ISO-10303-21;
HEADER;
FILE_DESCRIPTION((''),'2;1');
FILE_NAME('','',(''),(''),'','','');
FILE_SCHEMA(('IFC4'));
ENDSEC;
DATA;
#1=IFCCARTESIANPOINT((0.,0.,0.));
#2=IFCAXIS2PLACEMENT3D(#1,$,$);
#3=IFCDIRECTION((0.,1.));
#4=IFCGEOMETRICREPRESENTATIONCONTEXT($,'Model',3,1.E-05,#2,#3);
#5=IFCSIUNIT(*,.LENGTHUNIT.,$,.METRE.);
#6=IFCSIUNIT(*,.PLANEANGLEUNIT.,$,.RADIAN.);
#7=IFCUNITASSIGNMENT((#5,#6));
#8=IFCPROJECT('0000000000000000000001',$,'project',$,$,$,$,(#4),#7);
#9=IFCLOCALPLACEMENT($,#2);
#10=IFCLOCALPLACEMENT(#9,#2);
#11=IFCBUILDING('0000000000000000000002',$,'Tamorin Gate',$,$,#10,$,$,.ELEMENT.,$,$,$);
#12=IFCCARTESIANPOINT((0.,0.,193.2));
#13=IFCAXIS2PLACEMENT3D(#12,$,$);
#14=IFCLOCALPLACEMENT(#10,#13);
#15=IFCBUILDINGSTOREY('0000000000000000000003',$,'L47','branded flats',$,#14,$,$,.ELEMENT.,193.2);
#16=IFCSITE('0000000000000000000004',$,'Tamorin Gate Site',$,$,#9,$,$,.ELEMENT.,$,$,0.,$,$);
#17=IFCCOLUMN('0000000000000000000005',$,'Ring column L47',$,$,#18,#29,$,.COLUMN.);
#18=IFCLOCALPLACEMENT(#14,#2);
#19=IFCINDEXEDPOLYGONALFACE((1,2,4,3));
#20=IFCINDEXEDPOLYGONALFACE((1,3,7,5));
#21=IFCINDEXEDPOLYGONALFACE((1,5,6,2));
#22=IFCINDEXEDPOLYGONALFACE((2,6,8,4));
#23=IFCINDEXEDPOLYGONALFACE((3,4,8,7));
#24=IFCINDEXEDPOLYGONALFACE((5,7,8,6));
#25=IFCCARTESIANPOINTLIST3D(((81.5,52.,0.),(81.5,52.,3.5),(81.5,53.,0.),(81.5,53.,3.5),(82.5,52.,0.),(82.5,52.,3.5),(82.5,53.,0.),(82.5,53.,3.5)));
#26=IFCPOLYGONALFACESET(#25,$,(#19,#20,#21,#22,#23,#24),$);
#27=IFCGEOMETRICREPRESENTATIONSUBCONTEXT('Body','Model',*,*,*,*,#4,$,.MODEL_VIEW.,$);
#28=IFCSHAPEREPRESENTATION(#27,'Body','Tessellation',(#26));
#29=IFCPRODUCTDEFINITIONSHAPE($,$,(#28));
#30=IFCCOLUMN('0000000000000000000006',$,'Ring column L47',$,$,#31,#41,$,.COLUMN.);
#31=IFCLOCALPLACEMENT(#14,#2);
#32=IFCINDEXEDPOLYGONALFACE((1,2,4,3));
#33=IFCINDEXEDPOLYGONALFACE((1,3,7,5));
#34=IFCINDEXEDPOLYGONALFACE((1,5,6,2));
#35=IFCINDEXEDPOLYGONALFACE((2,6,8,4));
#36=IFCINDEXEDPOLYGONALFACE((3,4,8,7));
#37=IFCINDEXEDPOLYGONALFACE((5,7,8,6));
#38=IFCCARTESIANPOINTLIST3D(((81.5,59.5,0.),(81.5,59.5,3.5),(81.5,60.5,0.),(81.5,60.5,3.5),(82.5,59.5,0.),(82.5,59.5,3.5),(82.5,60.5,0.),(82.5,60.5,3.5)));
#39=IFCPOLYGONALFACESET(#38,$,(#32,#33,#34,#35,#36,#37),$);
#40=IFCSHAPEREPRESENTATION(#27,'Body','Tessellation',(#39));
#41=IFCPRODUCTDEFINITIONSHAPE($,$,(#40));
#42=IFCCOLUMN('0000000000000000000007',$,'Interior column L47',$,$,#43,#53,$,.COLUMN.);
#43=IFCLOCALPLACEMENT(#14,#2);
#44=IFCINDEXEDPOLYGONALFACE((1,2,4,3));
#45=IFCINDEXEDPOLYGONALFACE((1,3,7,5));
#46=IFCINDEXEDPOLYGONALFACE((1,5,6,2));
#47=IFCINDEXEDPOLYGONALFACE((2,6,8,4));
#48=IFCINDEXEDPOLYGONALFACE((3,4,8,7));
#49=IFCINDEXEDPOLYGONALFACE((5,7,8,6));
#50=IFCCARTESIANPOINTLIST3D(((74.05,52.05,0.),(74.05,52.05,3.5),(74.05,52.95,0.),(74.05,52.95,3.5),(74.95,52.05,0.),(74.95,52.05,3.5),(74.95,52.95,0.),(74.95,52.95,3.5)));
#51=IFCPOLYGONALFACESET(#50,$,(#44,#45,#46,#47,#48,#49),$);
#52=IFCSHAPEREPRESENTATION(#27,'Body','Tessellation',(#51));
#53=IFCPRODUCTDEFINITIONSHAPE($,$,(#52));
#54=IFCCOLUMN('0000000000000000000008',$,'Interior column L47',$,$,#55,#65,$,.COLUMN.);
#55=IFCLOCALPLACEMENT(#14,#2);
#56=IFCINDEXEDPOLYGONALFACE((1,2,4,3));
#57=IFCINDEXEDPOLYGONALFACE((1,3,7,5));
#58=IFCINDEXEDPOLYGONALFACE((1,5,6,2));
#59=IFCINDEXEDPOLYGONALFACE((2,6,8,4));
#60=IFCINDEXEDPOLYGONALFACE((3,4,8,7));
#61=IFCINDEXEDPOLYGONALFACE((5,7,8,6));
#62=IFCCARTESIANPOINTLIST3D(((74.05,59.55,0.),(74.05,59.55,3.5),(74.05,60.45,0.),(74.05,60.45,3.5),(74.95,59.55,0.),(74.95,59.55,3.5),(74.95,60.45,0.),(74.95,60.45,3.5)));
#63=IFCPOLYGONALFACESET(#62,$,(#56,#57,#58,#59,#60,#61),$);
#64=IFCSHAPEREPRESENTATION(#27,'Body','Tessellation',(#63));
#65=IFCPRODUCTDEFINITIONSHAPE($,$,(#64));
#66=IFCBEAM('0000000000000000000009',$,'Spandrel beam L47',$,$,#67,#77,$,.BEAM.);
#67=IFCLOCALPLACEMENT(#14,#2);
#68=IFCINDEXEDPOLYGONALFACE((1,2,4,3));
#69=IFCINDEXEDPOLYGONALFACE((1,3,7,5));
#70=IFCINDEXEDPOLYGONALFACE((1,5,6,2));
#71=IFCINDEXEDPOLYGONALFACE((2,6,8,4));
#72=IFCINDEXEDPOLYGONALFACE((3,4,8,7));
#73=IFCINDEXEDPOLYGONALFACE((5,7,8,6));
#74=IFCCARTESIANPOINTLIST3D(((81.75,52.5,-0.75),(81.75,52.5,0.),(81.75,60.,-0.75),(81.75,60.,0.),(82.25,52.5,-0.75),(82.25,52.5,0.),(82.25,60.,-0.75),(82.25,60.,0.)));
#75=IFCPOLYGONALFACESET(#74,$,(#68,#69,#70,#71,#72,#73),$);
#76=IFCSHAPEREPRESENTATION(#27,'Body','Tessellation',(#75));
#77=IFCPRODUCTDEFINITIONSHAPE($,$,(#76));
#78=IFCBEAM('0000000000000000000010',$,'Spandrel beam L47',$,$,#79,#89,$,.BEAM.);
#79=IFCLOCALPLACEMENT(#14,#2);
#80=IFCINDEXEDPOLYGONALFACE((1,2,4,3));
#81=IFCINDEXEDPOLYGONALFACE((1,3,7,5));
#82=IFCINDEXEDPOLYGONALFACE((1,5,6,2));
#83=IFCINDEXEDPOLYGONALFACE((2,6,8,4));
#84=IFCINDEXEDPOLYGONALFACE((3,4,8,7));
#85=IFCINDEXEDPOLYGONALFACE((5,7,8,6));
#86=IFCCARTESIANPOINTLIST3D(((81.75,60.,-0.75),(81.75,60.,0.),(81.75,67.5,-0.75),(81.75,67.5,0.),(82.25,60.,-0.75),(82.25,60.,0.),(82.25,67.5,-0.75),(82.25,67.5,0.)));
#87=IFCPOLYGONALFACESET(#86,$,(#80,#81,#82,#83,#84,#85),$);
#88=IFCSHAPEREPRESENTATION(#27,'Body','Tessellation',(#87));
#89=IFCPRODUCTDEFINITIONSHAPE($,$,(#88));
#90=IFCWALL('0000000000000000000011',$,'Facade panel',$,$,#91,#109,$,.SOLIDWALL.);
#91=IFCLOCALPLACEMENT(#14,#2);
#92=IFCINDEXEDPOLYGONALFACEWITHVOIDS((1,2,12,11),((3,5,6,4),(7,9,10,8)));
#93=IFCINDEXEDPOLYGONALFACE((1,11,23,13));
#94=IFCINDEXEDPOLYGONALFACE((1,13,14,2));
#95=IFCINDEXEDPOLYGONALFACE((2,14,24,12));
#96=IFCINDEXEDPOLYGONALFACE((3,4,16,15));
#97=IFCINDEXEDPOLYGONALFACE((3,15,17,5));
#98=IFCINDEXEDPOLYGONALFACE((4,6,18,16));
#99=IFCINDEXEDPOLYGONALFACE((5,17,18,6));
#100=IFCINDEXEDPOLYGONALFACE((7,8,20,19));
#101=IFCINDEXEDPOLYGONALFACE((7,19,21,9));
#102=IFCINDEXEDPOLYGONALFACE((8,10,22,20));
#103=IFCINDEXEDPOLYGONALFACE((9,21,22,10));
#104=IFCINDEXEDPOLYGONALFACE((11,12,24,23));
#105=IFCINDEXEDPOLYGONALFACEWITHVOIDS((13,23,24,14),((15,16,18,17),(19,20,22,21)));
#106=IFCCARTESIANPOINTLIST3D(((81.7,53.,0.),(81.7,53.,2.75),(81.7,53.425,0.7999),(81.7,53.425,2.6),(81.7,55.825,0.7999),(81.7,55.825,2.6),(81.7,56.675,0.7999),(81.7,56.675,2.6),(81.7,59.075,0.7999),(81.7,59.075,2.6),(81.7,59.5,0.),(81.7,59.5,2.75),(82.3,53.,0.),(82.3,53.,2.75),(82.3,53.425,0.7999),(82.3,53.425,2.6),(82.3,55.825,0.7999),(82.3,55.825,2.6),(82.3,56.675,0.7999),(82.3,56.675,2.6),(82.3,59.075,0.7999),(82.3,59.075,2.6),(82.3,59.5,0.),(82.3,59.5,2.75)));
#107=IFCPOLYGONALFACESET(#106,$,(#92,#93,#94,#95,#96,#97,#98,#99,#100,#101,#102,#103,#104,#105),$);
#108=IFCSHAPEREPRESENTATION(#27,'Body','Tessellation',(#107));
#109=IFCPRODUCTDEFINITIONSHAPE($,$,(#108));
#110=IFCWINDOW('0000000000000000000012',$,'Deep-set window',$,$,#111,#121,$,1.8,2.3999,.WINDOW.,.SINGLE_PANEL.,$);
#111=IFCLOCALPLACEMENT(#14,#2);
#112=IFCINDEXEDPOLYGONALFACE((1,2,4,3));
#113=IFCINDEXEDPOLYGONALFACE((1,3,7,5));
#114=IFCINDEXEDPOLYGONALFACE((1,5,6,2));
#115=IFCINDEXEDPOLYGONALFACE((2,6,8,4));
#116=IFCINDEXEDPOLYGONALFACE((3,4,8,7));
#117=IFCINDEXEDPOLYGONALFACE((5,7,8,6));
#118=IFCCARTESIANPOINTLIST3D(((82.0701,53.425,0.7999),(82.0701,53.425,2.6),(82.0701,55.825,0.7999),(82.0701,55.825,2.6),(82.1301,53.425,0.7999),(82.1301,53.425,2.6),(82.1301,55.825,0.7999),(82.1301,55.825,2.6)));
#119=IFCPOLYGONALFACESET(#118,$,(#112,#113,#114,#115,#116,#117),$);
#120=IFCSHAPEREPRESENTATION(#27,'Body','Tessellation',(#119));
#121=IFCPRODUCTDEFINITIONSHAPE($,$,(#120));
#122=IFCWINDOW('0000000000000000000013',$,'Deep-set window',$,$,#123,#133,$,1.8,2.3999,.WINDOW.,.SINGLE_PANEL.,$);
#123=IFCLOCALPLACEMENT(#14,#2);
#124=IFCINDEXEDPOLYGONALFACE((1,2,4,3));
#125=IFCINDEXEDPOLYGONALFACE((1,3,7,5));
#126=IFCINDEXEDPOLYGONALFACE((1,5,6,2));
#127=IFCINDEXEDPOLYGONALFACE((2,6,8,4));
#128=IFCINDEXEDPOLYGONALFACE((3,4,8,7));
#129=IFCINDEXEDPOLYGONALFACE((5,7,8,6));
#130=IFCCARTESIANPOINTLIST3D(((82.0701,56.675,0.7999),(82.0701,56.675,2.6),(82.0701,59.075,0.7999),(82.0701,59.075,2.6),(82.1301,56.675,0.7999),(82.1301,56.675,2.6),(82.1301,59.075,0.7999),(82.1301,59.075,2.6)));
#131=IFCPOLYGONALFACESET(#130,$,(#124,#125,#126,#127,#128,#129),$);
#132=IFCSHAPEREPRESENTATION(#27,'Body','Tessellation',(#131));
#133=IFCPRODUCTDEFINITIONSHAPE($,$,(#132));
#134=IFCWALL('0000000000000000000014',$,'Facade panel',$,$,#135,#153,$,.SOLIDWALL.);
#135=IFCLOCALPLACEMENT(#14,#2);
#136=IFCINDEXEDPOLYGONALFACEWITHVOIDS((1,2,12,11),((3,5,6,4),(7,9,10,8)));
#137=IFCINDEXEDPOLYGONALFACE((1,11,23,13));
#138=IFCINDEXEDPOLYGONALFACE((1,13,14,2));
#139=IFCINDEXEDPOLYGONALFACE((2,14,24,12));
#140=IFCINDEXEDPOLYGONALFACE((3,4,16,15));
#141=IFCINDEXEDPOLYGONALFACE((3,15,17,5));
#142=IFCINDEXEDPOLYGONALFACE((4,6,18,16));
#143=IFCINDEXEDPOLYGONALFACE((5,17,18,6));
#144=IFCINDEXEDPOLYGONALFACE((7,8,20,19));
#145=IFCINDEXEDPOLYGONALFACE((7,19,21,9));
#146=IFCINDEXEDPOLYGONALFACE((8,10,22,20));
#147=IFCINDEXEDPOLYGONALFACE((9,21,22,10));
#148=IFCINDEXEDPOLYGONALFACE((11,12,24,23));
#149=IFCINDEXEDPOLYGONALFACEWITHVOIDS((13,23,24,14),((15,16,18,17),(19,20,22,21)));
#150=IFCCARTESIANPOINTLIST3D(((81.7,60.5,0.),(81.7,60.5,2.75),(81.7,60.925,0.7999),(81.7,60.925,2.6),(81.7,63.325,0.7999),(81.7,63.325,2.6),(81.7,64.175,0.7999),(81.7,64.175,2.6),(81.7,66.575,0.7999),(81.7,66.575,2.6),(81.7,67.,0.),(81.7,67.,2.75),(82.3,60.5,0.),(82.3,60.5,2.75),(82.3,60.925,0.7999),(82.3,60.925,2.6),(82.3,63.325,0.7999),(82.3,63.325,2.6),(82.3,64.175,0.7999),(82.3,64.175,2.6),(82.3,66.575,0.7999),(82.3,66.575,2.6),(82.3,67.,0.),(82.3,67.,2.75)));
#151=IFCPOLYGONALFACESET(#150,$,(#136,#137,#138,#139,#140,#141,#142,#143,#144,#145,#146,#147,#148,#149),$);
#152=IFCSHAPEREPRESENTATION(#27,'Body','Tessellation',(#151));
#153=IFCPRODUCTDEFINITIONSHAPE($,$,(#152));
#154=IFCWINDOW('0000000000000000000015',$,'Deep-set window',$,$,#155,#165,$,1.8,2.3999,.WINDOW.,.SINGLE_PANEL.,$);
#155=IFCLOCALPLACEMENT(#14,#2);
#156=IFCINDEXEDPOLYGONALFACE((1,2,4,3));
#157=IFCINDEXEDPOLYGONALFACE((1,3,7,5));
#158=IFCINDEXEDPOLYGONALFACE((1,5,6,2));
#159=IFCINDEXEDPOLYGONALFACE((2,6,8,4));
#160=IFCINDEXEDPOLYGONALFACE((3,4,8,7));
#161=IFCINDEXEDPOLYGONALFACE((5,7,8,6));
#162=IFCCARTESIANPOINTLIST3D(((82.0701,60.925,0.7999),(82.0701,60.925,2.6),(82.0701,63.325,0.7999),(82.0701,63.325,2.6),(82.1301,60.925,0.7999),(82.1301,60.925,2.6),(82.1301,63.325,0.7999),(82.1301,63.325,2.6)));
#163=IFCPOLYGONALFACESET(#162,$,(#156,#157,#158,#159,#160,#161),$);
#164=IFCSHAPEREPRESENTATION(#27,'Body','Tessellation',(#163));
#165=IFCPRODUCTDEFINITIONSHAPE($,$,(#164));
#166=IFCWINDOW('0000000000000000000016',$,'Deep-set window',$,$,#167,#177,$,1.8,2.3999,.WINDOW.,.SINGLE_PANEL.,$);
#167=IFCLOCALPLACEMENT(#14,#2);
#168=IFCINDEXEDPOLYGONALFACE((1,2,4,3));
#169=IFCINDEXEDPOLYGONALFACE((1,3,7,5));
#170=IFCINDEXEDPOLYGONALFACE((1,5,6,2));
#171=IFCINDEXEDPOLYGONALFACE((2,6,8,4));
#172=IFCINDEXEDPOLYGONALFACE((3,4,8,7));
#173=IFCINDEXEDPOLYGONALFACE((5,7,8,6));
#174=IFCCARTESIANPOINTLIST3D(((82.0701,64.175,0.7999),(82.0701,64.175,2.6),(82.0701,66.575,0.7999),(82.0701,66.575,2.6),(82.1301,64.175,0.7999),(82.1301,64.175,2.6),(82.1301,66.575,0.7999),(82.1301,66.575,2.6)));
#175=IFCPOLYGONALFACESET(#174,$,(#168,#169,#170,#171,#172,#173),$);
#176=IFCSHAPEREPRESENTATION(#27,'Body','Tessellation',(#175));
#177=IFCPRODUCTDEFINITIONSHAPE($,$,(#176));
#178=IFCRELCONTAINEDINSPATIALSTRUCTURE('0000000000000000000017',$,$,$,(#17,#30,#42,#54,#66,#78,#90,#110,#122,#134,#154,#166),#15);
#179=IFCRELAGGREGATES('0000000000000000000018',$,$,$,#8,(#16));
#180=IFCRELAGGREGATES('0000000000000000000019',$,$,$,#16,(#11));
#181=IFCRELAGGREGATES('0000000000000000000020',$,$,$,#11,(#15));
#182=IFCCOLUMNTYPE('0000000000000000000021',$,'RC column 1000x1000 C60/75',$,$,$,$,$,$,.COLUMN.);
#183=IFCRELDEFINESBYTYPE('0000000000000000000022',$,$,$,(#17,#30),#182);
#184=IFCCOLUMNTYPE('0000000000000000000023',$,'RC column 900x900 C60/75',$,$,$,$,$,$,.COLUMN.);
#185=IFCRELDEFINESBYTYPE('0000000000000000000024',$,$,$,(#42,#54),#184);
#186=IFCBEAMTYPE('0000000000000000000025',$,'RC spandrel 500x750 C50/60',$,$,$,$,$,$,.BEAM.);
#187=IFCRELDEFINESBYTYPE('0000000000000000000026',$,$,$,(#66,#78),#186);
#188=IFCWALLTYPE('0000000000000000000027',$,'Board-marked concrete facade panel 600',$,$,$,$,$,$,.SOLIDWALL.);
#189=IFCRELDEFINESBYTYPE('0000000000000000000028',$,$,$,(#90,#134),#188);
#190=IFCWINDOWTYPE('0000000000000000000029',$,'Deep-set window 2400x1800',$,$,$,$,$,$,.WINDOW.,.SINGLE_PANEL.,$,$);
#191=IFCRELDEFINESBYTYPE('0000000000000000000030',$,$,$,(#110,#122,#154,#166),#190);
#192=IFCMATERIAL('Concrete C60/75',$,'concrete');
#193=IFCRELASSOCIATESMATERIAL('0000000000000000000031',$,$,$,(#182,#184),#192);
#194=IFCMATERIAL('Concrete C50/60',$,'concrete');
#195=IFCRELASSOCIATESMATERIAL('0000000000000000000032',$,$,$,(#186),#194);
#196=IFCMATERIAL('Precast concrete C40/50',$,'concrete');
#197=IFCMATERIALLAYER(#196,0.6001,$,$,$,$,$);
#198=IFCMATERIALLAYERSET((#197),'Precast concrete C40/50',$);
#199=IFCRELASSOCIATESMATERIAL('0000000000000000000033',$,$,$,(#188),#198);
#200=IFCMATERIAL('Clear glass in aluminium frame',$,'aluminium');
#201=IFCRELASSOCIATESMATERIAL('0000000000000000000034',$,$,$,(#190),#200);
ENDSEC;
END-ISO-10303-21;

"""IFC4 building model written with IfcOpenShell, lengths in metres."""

from ifc_helpers import new_model, si_unit, direction, frame, frame_2d, origin, origin_2d, place, context, subcontext, project, spatial, rectangle, extrude, material, layer, layer_set, material_profile, profile_set, type_object, element, fill, save


model = new_model("IFC4")

# Units and contexts
model_context = context("Model", 3, precision=1e-05, world=origin(), true_north=direction((0.0, 1.0)))
body_context = subcontext(model_context, "Body", "Model", "MODEL_VIEW")
ifc_project = project(units=[si_unit("LENGTHUNIT", "METRE"), si_unit("PLANEANGLEUNIT", "RADIAN")], contexts=[model_context])

# Site, building, storey
site_placement = place(None, origin())
site = spatial("IfcSite", under=ifc_project, at=site_placement, Name="Tamorin Gate Site", CompositionType="ELEMENT", RefElevation=0.0)
building_placement = place(site_placement, origin())
building = spatial("IfcBuilding", under=site, at=building_placement, Name="Tamorin Gate", CompositionType="ELEMENT")
storey_placement = place(building_placement, frame((0.0, 0.0, 193.2)))
storey = spatial("IfcBuildingStorey", under=building, at=storey_placement, Name="L47", Description="branded flats", CompositionType="ELEMENT", Elevation=193.2)

# Columns
ifc_material_1 = material(Name="Concrete C60/75", Category="concrete")
ifc_material_profile_1 = material_profile(ifc_material_1, rectangle(XDim=1.0, YDim=1.0, at=origin_2d()), Name="RC 1000x1000")
ifc_profile_set_1 = profile_set([ifc_material_profile_1], Name="Concrete C60/75")
column_type_1 = type_object("IfcColumnType", Name="RC column 1000x1000 C60/75", PredefinedType="COLUMN", material=ifc_profile_set_1)
for number, where, z_axis, x_axis, name in (
    (1, (82.0, 52.5, 0.0), (0.0, 0.0, 1.0), (1.0, 0.0, 0.0), "Ring column L47"),
    (2, (82.0, 60.0, 0.0), (0.0, 0.0, 1.0), (1.0, 0.0, 0.0), "Ring column L47"),
):
    element("IfcColumn", number, at=place(storey_placement, frame(where, z_axis=z_axis, x_axis=x_axis)), inside=storey, type_object=column_type_1, Name=name, PredefinedType="COLUMN", context=body_context, shape_type="SweptSolid", body=[
        extrude(rectangle(XDim=1.0, YDim=1.0, at=origin_2d()), origin(), (0.0, 0.0, 1.0), 3.5),
    ])
ifc_material_profile_2 = material_profile(ifc_material_1, rectangle(XDim=0.8999, YDim=0.8999, at=origin_2d()), Name="RC 900x900")
ifc_profile_set_2 = profile_set([ifc_material_profile_2], Name="Concrete C60/75")
column_type_2 = type_object("IfcColumnType", Name="RC column 900x900 C60/75", PredefinedType="COLUMN", material=ifc_profile_set_2)
for number, where, z_axis, x_axis, name in (
    (3, (74.5, 52.5, 0.0), (0.0, 0.0, 1.0), (1.0, 0.0, 0.0), "Interior column L47"),
    (4, (74.5, 60.0, 0.0), (0.0, 0.0, 1.0), (1.0, 0.0, 0.0), "Interior column L47"),
):
    element("IfcColumn", number, at=place(storey_placement, frame(where, z_axis=z_axis, x_axis=x_axis)), inside=storey, type_object=column_type_2, Name=name, PredefinedType="COLUMN", context=body_context, shape_type="SweptSolid", body=[
        extrude(rectangle(XDim=0.8999, YDim=0.8999, at=origin_2d()), origin(), (0.0, 0.0, 1.0), 3.5),
    ])

# Beams
ifc_material_2 = material(Name="Concrete C50/60", Category="concrete")
ifc_material_profile_3 = material_profile(ifc_material_2, rectangle(XDim=0.5, YDim=0.75, at=origin_2d()), Name="RC 500x750")
ifc_profile_set_3 = profile_set([ifc_material_profile_3], Name="Concrete C50/60")
beam_type = type_object("IfcBeamType", Name="RC spandrel 500x750 C50/60", PredefinedType="BEAM", material=ifc_profile_set_3)
for number, where, z_axis, x_axis, name in (
    (5, (82.0, 52.5, -0.375), (0.0, 1.0, 0.0), (-1.0, 0.0, 0.0), "Spandrel beam L47"),
    (6, (82.0, 60.0, -0.375), (0.0, 1.0, 0.0), (-1.0, 0.0, 0.0), "Spandrel beam L47"),
):
    element("IfcBeam", number, at=place(storey_placement, frame(where, z_axis=z_axis, x_axis=x_axis)), inside=storey, type_object=beam_type, Name=name, PredefinedType="BEAM", context=body_context, shape_type="SweptSolid", body=[
        extrude(rectangle(XDim=0.5, YDim=0.75, at=origin_2d()), origin(), (0.0, 0.0, 1.0), 7.5),
    ])

# Walls, openings, windows
ifc_material_3 = material(Name="Precast concrete C40/50", Category="concrete")
ifc_layer_1 = layer(ifc_material_3, 0.6001)
ifc_layer_set_1 = layer_set([ifc_layer_1], Name="Precast concrete C40/50")
wall_type_1 = type_object("IfcWallType", Name="Board-marked concrete facade panel 600", PredefinedType="SOLIDWALL", material=ifc_layer_set_1)
wall_1_placement = place(storey_placement, frame((82.0, 53.0, 0.0), z_axis=(0.0, 0.0, 1.0), x_axis=(0.0, 1.0, 0.0)))
wall_1 = element("IfcWall", 7, at=wall_1_placement, inside=storey, type_object=wall_type_1, Name="Facade panel", PredefinedType="SOLIDWALL", context=body_context, shape_type="SweptSolid", body=[
    extrude(rectangle(XDim=6.5, YDim=0.6001, at=frame_2d((3.25, 0.0))), origin(), (0.0, 0.0, 1.0), 2.75),
])
opening_1_placement = place(wall_1_placement, frame((0.425, 0.0, 0.8)))
opening_1 = element("IfcOpeningElement", 8, at=opening_1_placement, cuts=wall_1, PredefinedType="OPENING", context=body_context, shape_type="SweptSolid", body=[
    extrude(rectangle(XDim=2.3999, YDim=1.8, at=frame_2d((1.2, 0.8999))), frame((0.0, 0.3101, 0.0), z_axis=(0.0, -1.0, 0.0), x_axis=(1.0, 0.0, 0.0)), (0.0, 0.0, 1.0), 0.6201),
])
opening_2_placement = place(wall_1_placement, frame((3.675, 0.0, 0.8)))
opening_2 = element("IfcOpeningElement", 9, at=opening_2_placement, cuts=wall_1, PredefinedType="OPENING", context=body_context, shape_type="SweptSolid", body=[
    extrude(rectangle(XDim=2.3999, YDim=1.8, at=frame_2d((1.2, 0.8999))), frame((0.0, 0.3101, 0.0), z_axis=(0.0, -1.0, 0.0), x_axis=(1.0, 0.0, 0.0)), (0.0, 0.0, 1.0), 0.6201),
])
ifc_material_4 = material(Name="Clear glass in aluminium frame", Category="aluminium")
window_type = type_object("IfcWindowType", Name="Deep-set window 2400x1800", PartitioningType="SINGLE_PANEL", PredefinedType="WINDOW", material=ifc_material_4)
window_1_placement = place(opening_1_placement, origin())
window_1 = element("IfcWindow", 10, at=window_1_placement, inside=storey, type_object=window_type, Name="Deep-set window", OverallHeight=1.8, OverallWidth=2.3999, PartitioningType="SINGLE_PANEL", PredefinedType="WINDOW", context=body_context, shape_type="SweptSolid", body=[
    extrude(rectangle(XDim=2.3999, YDim=1.8, at=frame_2d((1.2, 0.8999))), frame((0.0, -0.0701, 0.0), z_axis=(0.0, -1.0, 0.0), x_axis=(1.0, 0.0, 0.0)), (0.0, 0.0, 1.0), 0.0601),
])
fill(opening_1, window_1)
window_2_placement = place(opening_2_placement, origin())
window_2 = element("IfcWindow", 11, at=window_2_placement, inside=storey, type_object=window_type, Name="Deep-set window", OverallHeight=1.8, OverallWidth=2.3999, PartitioningType="SINGLE_PANEL", PredefinedType="WINDOW", context=body_context, shape_type="SweptSolid", body=[
    extrude(rectangle(XDim=2.3999, YDim=1.8, at=frame_2d((1.2, 0.8999))), frame((0.0, -0.0701, 0.0), z_axis=(0.0, -1.0, 0.0), x_axis=(1.0, 0.0, 0.0)), (0.0, 0.0, 1.0), 0.0601),
])
fill(opening_2, window_2)
wall_2_placement = place(storey_placement, frame((82.0, 60.5, 0.0), z_axis=(0.0, 0.0, 1.0), x_axis=(0.0, 1.0, 0.0)))
wall_2 = element("IfcWall", 12, at=wall_2_placement, inside=storey, type_object=wall_type_1, Name="Facade panel", PredefinedType="SOLIDWALL", context=body_context, shape_type="SweptSolid", body=[
    extrude(rectangle(XDim=6.5, YDim=0.6001, at=frame_2d((3.25, 0.0))), origin(), (0.0, 0.0, 1.0), 2.75),
])
opening_3_placement = place(wall_2_placement, frame((0.425, 0.0, 0.8)))
opening_3 = element("IfcOpeningElement", 13, at=opening_3_placement, cuts=wall_2, PredefinedType="OPENING", context=body_context, shape_type="SweptSolid", body=[
    extrude(rectangle(XDim=2.3999, YDim=1.8, at=frame_2d((1.2, 0.8999))), frame((0.0, 0.3101, 0.0), z_axis=(0.0, -1.0, 0.0), x_axis=(1.0, 0.0, 0.0)), (0.0, 0.0, 1.0), 0.6201),
])
opening_4_placement = place(wall_2_placement, frame((3.675, 0.0, 0.8)))
opening_4 = element("IfcOpeningElement", 14, at=opening_4_placement, cuts=wall_2, PredefinedType="OPENING", context=body_context, shape_type="SweptSolid", body=[
    extrude(rectangle(XDim=2.3999, YDim=1.8, at=frame_2d((1.2, 0.8999))), frame((0.0, 0.3101, 0.0), z_axis=(0.0, -1.0, 0.0), x_axis=(1.0, 0.0, 0.0)), (0.0, 0.0, 1.0), 0.6201),
])
window_3_placement = place(opening_3_placement, origin())
window_3 = element("IfcWindow", 15, at=window_3_placement, inside=storey, type_object=window_type, Name="Deep-set window", OverallHeight=1.8, OverallWidth=2.3999, PartitioningType="SINGLE_PANEL", PredefinedType="WINDOW", context=body_context, shape_type="SweptSolid", body=[
    extrude(rectangle(XDim=2.3999, YDim=1.8, at=frame_2d((1.2, 0.8999))), frame((0.0, -0.0701, 0.0), z_axis=(0.0, -1.0, 0.0), x_axis=(1.0, 0.0, 0.0)), (0.0, 0.0, 1.0), 0.0601),
])
fill(opening_3, window_3)
window_4_placement = place(opening_4_placement, origin())
window_4 = element("IfcWindow", 16, at=window_4_placement, inside=storey, type_object=window_type, Name="Deep-set window", OverallHeight=1.8, OverallWidth=2.3999, PartitioningType="SINGLE_PANEL", PredefinedType="WINDOW", context=body_context, shape_type="SweptSolid", body=[
    extrude(rectangle(XDim=2.3999, YDim=1.8, at=frame_2d((1.2, 0.8999))), frame((0.0, -0.0701, 0.0), z_axis=(0.0, -1.0, 0.0), x_axis=(1.0, 0.0, 0.0)), (0.0, 0.0, 1.0), 0.0601),
])
fill(opening_4, window_4)

save(model, "model.ifc")
